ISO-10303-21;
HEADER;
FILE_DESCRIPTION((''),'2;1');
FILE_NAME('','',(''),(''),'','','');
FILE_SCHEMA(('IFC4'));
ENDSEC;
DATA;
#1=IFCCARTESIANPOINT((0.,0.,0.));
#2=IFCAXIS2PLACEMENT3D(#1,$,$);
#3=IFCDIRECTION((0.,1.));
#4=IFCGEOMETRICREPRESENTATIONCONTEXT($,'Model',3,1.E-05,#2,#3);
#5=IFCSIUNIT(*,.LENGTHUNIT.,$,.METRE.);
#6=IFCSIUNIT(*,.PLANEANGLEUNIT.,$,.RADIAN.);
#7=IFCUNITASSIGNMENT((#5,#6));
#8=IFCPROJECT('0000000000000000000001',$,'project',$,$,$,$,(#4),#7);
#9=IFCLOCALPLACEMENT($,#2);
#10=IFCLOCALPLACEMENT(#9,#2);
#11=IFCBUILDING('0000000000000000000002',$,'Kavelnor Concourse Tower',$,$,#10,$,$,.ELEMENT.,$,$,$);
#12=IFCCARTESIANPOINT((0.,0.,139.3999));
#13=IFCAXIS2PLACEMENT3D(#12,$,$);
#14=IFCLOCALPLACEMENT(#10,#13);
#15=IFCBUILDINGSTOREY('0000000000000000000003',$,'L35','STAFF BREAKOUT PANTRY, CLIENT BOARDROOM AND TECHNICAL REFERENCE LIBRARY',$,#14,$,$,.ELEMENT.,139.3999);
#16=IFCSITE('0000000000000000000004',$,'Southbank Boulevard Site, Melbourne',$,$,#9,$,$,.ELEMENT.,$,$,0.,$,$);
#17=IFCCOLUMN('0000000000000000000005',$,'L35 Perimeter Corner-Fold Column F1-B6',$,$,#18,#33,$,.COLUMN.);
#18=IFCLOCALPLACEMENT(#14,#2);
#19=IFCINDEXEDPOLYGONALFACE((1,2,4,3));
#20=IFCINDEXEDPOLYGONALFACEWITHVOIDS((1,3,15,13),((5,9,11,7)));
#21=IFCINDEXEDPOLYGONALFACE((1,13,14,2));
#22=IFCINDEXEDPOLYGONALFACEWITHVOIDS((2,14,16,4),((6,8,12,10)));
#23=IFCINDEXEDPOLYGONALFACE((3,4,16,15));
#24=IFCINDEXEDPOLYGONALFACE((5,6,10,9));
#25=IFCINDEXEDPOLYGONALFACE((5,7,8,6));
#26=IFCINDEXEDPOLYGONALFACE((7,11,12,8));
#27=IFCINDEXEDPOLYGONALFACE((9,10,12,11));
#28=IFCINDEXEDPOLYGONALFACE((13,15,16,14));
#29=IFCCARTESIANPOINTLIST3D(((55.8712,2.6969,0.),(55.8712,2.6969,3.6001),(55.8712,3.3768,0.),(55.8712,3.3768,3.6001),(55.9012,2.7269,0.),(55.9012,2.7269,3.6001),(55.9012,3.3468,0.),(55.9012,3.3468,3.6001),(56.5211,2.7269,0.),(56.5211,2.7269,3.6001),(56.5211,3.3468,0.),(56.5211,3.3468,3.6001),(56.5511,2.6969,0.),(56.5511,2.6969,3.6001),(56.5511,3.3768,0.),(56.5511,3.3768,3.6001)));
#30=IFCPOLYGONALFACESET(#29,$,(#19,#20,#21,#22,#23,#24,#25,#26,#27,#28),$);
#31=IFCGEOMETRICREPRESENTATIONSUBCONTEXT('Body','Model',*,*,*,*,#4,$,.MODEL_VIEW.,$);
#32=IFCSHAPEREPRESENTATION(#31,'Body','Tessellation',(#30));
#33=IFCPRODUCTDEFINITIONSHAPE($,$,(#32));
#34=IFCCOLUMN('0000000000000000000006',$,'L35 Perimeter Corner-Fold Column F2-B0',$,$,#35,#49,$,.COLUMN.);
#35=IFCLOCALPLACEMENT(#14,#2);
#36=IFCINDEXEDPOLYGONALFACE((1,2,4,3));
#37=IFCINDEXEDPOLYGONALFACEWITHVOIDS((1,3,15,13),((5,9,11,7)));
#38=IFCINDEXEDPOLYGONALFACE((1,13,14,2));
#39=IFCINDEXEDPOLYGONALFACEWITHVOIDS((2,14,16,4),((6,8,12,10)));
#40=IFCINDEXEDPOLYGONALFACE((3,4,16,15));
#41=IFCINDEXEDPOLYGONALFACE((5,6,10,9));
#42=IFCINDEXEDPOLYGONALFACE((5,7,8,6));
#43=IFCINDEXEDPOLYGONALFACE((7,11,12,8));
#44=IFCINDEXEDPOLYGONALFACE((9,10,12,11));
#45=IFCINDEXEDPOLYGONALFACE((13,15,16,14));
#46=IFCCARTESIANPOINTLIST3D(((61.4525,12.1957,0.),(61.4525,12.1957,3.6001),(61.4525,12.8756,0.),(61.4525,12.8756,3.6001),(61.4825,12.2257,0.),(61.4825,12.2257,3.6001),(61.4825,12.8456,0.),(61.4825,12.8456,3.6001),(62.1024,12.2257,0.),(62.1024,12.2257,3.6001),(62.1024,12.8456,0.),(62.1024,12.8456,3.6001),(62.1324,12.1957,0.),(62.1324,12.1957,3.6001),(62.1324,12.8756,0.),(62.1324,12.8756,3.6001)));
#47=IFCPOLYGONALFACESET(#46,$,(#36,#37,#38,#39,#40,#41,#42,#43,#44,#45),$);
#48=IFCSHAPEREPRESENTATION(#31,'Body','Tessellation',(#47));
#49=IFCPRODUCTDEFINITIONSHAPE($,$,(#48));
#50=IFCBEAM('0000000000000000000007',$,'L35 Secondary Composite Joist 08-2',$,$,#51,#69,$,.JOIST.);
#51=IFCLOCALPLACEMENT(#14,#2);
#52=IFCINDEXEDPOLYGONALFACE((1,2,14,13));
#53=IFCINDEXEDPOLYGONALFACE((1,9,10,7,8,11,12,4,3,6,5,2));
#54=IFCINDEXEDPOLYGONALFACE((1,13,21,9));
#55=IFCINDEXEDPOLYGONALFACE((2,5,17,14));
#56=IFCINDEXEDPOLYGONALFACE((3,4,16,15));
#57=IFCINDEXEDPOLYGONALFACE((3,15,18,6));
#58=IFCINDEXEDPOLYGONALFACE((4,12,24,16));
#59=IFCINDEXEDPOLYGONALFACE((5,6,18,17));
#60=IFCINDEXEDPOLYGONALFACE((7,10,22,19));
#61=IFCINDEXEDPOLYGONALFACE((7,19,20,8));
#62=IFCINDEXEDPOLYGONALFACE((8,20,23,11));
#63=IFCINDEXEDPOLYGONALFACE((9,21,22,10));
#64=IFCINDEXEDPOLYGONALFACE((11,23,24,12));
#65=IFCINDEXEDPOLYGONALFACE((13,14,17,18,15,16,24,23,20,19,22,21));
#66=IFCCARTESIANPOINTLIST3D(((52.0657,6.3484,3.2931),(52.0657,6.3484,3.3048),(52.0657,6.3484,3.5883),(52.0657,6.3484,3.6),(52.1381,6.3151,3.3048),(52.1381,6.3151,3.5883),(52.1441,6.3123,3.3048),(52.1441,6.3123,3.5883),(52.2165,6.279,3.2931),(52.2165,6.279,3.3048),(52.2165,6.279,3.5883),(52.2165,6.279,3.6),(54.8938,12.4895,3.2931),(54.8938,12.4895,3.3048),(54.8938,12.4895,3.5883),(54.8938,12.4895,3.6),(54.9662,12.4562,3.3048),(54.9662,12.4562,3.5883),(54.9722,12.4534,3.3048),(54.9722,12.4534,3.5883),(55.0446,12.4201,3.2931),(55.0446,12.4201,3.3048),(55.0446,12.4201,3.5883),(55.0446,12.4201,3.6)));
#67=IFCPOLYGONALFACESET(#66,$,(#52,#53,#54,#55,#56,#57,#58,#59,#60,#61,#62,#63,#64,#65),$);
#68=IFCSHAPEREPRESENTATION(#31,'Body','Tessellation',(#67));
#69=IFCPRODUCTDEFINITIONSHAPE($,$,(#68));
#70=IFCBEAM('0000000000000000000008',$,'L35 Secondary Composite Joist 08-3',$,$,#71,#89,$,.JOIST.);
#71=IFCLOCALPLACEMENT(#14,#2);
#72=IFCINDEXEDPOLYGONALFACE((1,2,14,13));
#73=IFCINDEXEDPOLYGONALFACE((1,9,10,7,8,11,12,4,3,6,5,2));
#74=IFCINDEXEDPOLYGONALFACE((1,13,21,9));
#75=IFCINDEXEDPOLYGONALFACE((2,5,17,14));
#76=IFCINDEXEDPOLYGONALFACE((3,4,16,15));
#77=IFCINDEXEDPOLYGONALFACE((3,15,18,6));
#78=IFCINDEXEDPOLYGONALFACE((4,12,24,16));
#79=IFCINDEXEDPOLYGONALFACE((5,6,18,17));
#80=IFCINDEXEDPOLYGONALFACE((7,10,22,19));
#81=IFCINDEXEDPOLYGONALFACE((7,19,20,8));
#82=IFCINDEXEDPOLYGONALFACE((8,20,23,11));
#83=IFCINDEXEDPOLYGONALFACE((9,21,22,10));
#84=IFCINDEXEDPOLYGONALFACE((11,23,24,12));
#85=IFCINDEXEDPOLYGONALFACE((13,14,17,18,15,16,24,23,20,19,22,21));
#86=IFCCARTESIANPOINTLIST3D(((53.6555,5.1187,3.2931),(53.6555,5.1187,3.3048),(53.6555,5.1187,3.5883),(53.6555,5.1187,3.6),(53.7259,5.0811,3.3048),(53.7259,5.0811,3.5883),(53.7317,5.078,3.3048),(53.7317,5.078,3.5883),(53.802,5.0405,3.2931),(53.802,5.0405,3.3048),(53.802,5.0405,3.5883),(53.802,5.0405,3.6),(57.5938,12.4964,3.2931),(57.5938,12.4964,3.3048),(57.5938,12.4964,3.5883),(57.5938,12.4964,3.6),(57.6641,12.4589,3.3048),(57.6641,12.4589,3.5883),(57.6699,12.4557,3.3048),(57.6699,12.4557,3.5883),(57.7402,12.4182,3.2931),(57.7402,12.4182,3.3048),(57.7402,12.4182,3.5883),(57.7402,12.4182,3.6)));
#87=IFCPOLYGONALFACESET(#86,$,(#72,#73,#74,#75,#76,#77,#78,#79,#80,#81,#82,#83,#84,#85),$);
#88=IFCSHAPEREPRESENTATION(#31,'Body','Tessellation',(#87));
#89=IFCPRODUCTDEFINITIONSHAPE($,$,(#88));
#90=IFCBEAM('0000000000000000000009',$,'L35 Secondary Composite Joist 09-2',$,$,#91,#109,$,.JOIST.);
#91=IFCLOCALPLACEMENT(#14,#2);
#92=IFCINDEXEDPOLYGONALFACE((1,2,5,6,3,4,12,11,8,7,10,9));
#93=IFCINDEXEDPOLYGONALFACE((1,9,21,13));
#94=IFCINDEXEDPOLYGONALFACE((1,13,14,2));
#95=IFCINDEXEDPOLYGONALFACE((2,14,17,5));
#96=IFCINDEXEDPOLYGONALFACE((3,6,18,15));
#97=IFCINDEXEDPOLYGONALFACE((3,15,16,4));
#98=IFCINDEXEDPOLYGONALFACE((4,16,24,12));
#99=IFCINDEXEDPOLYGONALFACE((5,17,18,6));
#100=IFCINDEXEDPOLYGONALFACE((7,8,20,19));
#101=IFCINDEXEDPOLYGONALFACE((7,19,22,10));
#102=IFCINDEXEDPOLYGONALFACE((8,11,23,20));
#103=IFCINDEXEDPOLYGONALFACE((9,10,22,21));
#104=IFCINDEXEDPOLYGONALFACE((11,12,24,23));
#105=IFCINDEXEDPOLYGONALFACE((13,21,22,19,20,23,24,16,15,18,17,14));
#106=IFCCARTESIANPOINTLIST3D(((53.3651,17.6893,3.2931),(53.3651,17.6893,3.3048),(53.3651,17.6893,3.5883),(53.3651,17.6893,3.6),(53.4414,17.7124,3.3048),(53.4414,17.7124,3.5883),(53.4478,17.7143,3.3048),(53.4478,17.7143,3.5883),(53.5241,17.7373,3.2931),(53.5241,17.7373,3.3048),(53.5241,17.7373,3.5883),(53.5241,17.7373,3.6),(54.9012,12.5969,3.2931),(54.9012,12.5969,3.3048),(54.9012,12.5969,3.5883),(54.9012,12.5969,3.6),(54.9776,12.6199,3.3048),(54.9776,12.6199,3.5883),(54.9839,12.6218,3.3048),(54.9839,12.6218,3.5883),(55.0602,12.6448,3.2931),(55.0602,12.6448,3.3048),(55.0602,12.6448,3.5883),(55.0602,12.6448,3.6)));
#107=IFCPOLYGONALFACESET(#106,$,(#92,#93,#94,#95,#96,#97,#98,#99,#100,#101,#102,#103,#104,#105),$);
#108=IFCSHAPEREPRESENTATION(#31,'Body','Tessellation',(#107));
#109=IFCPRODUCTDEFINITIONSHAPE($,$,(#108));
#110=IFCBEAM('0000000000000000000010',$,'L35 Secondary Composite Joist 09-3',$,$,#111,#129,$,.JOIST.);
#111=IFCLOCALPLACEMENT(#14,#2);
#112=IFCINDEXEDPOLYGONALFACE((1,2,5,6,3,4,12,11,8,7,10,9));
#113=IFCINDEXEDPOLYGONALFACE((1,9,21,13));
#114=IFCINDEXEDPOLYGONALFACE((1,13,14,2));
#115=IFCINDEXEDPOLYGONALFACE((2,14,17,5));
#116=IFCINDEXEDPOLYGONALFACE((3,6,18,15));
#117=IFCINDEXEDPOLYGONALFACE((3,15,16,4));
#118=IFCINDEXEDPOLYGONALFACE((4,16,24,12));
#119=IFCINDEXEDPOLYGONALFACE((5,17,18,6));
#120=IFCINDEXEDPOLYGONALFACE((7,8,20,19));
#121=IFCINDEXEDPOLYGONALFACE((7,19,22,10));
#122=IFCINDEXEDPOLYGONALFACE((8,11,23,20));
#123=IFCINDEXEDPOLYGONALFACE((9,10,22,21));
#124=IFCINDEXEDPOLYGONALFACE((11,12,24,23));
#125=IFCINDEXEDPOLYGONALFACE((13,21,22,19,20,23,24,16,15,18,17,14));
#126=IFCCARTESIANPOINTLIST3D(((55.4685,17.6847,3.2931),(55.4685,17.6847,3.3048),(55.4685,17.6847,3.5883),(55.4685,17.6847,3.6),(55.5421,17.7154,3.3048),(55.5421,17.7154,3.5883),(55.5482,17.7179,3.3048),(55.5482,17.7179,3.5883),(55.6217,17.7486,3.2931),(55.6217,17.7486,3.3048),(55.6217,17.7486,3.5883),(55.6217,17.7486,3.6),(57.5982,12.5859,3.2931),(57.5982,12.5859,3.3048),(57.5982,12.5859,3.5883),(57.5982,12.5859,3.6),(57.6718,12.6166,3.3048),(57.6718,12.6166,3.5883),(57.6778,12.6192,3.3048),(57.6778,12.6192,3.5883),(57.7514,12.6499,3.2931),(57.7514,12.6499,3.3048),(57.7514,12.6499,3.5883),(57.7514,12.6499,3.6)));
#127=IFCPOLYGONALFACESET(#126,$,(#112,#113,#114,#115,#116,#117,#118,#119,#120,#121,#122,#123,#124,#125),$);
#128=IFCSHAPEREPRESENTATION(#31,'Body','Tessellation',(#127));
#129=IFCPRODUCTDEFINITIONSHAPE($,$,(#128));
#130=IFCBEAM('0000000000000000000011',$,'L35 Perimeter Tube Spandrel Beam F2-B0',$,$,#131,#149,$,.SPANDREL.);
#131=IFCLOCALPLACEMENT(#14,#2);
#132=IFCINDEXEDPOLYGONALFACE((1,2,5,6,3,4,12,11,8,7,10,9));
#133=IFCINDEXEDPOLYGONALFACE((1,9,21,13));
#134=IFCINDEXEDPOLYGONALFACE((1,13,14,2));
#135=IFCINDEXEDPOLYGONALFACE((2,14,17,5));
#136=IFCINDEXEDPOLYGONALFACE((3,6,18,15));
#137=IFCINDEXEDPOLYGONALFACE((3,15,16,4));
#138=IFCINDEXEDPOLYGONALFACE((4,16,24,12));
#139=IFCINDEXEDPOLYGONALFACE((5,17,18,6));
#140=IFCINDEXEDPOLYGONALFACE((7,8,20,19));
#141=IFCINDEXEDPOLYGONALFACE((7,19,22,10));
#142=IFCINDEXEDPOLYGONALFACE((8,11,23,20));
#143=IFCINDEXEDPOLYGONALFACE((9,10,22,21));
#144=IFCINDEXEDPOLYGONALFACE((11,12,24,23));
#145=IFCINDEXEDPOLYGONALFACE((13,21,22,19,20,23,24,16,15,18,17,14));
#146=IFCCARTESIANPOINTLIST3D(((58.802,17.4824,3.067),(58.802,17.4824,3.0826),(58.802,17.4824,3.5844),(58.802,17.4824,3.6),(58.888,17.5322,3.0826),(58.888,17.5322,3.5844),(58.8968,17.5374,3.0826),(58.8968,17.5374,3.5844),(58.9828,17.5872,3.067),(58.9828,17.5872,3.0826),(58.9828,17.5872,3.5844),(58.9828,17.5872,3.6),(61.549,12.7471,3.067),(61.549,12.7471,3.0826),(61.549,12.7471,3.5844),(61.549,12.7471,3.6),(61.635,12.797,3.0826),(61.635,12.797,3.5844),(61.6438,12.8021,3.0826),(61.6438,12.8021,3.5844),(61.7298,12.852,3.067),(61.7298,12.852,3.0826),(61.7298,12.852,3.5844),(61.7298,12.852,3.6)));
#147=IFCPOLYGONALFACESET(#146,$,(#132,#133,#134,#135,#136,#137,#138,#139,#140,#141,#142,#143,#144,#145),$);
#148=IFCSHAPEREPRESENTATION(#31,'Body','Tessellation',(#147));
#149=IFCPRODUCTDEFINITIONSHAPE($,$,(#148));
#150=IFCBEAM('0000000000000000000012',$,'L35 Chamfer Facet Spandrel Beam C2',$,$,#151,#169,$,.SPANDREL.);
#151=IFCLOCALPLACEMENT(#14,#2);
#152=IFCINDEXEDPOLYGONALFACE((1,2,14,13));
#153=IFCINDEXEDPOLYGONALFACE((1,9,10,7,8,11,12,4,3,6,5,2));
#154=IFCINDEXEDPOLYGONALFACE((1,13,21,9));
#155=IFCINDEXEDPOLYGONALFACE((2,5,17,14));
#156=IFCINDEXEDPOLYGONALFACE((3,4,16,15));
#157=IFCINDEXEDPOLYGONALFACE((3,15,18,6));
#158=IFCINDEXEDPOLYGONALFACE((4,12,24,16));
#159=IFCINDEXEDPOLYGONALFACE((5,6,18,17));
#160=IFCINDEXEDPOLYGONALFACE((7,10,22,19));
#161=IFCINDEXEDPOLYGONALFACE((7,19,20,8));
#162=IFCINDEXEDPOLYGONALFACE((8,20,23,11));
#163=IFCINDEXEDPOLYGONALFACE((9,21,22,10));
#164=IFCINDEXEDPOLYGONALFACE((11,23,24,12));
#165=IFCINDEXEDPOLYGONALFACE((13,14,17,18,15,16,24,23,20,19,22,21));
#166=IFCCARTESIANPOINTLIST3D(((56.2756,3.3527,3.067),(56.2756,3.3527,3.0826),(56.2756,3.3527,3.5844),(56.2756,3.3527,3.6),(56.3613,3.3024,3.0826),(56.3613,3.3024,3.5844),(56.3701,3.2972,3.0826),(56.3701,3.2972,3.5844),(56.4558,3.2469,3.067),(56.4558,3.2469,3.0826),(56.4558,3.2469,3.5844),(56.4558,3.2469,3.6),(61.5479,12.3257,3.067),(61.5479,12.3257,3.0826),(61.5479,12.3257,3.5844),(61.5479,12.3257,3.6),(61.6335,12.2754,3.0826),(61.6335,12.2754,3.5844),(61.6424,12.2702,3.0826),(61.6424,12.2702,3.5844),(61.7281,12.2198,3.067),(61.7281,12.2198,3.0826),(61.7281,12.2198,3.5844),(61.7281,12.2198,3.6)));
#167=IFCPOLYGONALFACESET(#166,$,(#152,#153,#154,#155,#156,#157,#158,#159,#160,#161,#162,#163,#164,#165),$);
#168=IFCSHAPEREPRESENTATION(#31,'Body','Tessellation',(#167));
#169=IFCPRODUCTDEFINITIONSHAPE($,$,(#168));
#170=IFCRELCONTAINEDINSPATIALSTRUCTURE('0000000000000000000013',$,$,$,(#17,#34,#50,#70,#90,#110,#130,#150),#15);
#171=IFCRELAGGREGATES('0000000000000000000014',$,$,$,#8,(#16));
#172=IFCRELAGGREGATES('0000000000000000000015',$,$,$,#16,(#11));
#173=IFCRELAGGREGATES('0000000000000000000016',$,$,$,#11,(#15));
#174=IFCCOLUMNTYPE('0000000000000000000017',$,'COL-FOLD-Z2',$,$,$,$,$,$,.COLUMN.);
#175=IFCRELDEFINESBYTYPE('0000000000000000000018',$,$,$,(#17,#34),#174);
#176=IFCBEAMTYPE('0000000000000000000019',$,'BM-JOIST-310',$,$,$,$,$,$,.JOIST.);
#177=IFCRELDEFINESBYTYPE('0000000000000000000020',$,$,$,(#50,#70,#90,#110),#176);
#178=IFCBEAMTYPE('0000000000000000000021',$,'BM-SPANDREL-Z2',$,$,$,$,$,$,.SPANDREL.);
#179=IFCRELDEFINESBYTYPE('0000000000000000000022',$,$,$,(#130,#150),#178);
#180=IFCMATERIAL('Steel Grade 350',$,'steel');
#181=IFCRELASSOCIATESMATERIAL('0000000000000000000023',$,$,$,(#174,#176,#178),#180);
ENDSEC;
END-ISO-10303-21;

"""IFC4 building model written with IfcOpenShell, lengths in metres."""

from ifc_helpers import new_model, si_unit, direction, frame, origin, origin_2d, place, context, subcontext, project, spatial, hollow_rectangle, i_section, extrude, material, material_profile, profile_set, type_object, element, save


model = new_model("IFC4")

# Units and contexts
model_context = context("Model", 3, precision=1e-05, world=origin(), true_north=direction((0.0, 1.0)))
body_context = subcontext(model_context, "Body", "Model", "MODEL_VIEW")
ifc_project = project(units=[si_unit("LENGTHUNIT", "METRE"), si_unit("PLANEANGLEUNIT", "RADIAN")], contexts=[model_context])

# Site, building, storey
site_placement = place(None, origin())
site = spatial("IfcSite", under=ifc_project, at=site_placement, Name="Southbank Boulevard Site, Melbourne", CompositionType="ELEMENT", RefElevation=0.0)
building_placement = place(site_placement, origin())
building = spatial("IfcBuilding", under=site, at=building_placement, Name="Kavelnor Concourse Tower", CompositionType="ELEMENT")
storey_placement = place(building_placement, frame((0.0, 0.0, 139.3999)))
storey = spatial("IfcBuildingStorey", under=building, at=storey_placement, Name="L35", Description="STAFF BREAKOUT PANTRY, CLIENT BOARDROOM AND TECHNICAL REFERENCE LIBRARY", CompositionType="ELEMENT", Elevation=139.3999)

# Columns
ifc_material_1 = material(Name="Steel Grade 350", Category="steel")
ifc_material_profile_1 = material_profile(ifc_material_1, hollow_rectangle(XDim=0.6799, YDim=0.6799, WallThickness=0.03, at=origin_2d()), Name="SHS 680x680x30")
ifc_profile_set_1 = profile_set([ifc_material_profile_1], Name="Steel Grade 350")
column_type = type_object("IfcColumnType", Name="COL-FOLD-Z2", PredefinedType="COLUMN", material=ifc_profile_set_1)
for number, where, z_axis, x_axis, name in (
    (1, (56.2112, 3.0369, 0.0), (0.0, 0.0, 1.0), (1.0, 0.0, 0.0), "L35 Perimeter Corner-Fold Column F1-B6"),
    (2, (61.7925, 12.5356, 0.0), (0.0, 0.0, 1.0), (1.0, 0.0, 0.0), "L35 Perimeter Corner-Fold Column F2-B0"),
):
    element("IfcColumn", number, at=place(storey_placement, frame(where, z_axis=z_axis, x_axis=x_axis)), inside=storey, type_object=column_type, Name=name, PredefinedType="COLUMN", context=body_context, shape_type="SweptSolid", body=[
        extrude(hollow_rectangle(XDim=0.6799, YDim=0.6799, WallThickness=0.03, at=origin_2d()), origin(), (0.0, 0.0, 1.0), 3.6001),
    ])

# Beams
ifc_material_profile_2 = material_profile(ifc_material_1, i_section(OverallWidth=0.166, OverallDepth=0.3069, WebThickness=0.0066, FlangeThickness=0.0117, at=origin_2d()), Name="310UB46")
ifc_profile_set_2 = profile_set([ifc_material_profile_2], Name="Steel Grade 350")
beam_type_1 = type_object("IfcBeamType", Name="BM-JOIST-310", PredefinedType="JOIST", material=ifc_profile_set_2)
beam_1_placement = place(storey_placement, frame((52.1411, 6.3137, 3.4465), z_axis=(0.418298, 0.90831, 0.0), x_axis=(-0.90831, 0.418298, 0.0)))
element("IfcBeam", 3, at=beam_1_placement, inside=storey, type_object=beam_type_1, Name="L35 Secondary Composite Joist 08-2", PredefinedType="JOIST", context=body_context, shape_type="SweptSolid", body=[
    extrude(i_section(OverallWidth=0.166, OverallDepth=0.3069, WebThickness=0.0066, FlangeThickness=0.0117, at=origin_2d()), origin(), (0.0, 0.0, 1.0), 6.761),
])
beam_2_placement = place(storey_placement, frame((53.7288, 5.0796, 3.4465), z_axis=(0.470911, 0.882181, 0.0), x_axis=(-0.882181, 0.470911, 0.0)))
element("IfcBeam", 4, at=beam_2_placement, inside=storey, type_object=beam_type_1, Name="L35 Secondary Composite Joist 08-3", PredefinedType="JOIST", context=body_context, shape_type="SweptSolid", body=[
    extrude(i_section(OverallWidth=0.166, OverallDepth=0.3069, WebThickness=0.0066, FlangeThickness=0.0117, at=origin_2d()), origin(), (0.0, 0.0, 1.0), 8.363),
])
beam_3_placement = place(storey_placement, frame((54.9807, 12.6208, 3.4465), z_axis=(-0.288792, 0.957392, 0.0), x_axis=(-0.957392, -0.288792, 0.0)))
element("IfcBeam", 5, at=beam_3_placement, inside=storey, type_object=beam_type_1, Name="L35 Secondary Composite Joist 09-2", PredefinedType="JOIST", context=body_context, shape_type="SweptSolid", body=[
    extrude(i_section(OverallWidth=0.166, OverallDepth=0.3069, WebThickness=0.0066, FlangeThickness=0.0117, at=origin_2d()), origin(), (0.0, 0.0, 1.0), 5.3191),
])
beam_4_placement = place(storey_placement, frame((57.6748, 12.6179, 3.4465), z_axis=(-0.385418, 0.922742, 0.0), x_axis=(-0.922742, -0.385418, 0.0)))
element("IfcBeam", 6, at=beam_4_placement, inside=storey, type_object=beam_type_1, Name="L35 Secondary Composite Joist 09-3", PredefinedType="JOIST", context=body_context, shape_type="SweptSolid", body=[
    extrude(i_section(OverallWidth=0.166, OverallDepth=0.3069, WebThickness=0.0066, FlangeThickness=0.0117, at=origin_2d()), origin(), (0.0, 0.0, 1.0), 5.5256),
])
ifc_material_profile_3 = material_profile(ifc_material_1, i_section(OverallWidth=0.209, OverallDepth=0.533, WebThickness=0.0103, FlangeThickness=0.0156, at=origin_2d()), Name="530UB92")
ifc_profile_set_3 = profile_set([ifc_material_profile_3], Name="Steel Grade 350")
beam_type_2 = type_object("IfcBeamType", Name="BM-SPANDREL-Z2", PredefinedType="SPANDREL", material=ifc_profile_set_3)
beam_5_placement = place(storey_placement, frame((61.6394, 12.7996, 3.3335), z_axis=(-0.501796, 0.864986, 0.0), x_axis=(-0.864986, -0.501796, 0.0)))
element("IfcBeam", 7, at=beam_5_placement, inside=storey, type_object=beam_type_2, Name="L35 Perimeter Tube Spandrel Beam F2-B0", PredefinedType="SPANDREL", context=body_context, shape_type="SweptSolid", body=[
    extrude(i_section(OverallWidth=0.209, OverallDepth=0.533, WebThickness=0.0103, FlangeThickness=0.0156, at=origin_2d()), origin(), (0.0, 0.0, 1.0), 5.4744),
])
beam_6_placement = place(storey_placement, frame((56.3657, 3.2998, 3.3335), z_axis=(0.506595, 0.862184, 0.0), x_axis=(-0.862184, 0.506595, 0.0)))
element("IfcBeam", 8, at=beam_6_placement, inside=storey, type_object=beam_type_2, Name="L35 Chamfer Facet Spandrel Beam C2", PredefinedType="SPANDREL", context=body_context, shape_type="SweptSolid", body=[
    extrude(i_section(OverallWidth=0.209, OverallDepth=0.533, WebThickness=0.0103, FlangeThickness=0.0156, at=origin_2d()), origin(), (0.0, 0.0, 1.0), 10.4072),
])

save(model, "model.ifc")
